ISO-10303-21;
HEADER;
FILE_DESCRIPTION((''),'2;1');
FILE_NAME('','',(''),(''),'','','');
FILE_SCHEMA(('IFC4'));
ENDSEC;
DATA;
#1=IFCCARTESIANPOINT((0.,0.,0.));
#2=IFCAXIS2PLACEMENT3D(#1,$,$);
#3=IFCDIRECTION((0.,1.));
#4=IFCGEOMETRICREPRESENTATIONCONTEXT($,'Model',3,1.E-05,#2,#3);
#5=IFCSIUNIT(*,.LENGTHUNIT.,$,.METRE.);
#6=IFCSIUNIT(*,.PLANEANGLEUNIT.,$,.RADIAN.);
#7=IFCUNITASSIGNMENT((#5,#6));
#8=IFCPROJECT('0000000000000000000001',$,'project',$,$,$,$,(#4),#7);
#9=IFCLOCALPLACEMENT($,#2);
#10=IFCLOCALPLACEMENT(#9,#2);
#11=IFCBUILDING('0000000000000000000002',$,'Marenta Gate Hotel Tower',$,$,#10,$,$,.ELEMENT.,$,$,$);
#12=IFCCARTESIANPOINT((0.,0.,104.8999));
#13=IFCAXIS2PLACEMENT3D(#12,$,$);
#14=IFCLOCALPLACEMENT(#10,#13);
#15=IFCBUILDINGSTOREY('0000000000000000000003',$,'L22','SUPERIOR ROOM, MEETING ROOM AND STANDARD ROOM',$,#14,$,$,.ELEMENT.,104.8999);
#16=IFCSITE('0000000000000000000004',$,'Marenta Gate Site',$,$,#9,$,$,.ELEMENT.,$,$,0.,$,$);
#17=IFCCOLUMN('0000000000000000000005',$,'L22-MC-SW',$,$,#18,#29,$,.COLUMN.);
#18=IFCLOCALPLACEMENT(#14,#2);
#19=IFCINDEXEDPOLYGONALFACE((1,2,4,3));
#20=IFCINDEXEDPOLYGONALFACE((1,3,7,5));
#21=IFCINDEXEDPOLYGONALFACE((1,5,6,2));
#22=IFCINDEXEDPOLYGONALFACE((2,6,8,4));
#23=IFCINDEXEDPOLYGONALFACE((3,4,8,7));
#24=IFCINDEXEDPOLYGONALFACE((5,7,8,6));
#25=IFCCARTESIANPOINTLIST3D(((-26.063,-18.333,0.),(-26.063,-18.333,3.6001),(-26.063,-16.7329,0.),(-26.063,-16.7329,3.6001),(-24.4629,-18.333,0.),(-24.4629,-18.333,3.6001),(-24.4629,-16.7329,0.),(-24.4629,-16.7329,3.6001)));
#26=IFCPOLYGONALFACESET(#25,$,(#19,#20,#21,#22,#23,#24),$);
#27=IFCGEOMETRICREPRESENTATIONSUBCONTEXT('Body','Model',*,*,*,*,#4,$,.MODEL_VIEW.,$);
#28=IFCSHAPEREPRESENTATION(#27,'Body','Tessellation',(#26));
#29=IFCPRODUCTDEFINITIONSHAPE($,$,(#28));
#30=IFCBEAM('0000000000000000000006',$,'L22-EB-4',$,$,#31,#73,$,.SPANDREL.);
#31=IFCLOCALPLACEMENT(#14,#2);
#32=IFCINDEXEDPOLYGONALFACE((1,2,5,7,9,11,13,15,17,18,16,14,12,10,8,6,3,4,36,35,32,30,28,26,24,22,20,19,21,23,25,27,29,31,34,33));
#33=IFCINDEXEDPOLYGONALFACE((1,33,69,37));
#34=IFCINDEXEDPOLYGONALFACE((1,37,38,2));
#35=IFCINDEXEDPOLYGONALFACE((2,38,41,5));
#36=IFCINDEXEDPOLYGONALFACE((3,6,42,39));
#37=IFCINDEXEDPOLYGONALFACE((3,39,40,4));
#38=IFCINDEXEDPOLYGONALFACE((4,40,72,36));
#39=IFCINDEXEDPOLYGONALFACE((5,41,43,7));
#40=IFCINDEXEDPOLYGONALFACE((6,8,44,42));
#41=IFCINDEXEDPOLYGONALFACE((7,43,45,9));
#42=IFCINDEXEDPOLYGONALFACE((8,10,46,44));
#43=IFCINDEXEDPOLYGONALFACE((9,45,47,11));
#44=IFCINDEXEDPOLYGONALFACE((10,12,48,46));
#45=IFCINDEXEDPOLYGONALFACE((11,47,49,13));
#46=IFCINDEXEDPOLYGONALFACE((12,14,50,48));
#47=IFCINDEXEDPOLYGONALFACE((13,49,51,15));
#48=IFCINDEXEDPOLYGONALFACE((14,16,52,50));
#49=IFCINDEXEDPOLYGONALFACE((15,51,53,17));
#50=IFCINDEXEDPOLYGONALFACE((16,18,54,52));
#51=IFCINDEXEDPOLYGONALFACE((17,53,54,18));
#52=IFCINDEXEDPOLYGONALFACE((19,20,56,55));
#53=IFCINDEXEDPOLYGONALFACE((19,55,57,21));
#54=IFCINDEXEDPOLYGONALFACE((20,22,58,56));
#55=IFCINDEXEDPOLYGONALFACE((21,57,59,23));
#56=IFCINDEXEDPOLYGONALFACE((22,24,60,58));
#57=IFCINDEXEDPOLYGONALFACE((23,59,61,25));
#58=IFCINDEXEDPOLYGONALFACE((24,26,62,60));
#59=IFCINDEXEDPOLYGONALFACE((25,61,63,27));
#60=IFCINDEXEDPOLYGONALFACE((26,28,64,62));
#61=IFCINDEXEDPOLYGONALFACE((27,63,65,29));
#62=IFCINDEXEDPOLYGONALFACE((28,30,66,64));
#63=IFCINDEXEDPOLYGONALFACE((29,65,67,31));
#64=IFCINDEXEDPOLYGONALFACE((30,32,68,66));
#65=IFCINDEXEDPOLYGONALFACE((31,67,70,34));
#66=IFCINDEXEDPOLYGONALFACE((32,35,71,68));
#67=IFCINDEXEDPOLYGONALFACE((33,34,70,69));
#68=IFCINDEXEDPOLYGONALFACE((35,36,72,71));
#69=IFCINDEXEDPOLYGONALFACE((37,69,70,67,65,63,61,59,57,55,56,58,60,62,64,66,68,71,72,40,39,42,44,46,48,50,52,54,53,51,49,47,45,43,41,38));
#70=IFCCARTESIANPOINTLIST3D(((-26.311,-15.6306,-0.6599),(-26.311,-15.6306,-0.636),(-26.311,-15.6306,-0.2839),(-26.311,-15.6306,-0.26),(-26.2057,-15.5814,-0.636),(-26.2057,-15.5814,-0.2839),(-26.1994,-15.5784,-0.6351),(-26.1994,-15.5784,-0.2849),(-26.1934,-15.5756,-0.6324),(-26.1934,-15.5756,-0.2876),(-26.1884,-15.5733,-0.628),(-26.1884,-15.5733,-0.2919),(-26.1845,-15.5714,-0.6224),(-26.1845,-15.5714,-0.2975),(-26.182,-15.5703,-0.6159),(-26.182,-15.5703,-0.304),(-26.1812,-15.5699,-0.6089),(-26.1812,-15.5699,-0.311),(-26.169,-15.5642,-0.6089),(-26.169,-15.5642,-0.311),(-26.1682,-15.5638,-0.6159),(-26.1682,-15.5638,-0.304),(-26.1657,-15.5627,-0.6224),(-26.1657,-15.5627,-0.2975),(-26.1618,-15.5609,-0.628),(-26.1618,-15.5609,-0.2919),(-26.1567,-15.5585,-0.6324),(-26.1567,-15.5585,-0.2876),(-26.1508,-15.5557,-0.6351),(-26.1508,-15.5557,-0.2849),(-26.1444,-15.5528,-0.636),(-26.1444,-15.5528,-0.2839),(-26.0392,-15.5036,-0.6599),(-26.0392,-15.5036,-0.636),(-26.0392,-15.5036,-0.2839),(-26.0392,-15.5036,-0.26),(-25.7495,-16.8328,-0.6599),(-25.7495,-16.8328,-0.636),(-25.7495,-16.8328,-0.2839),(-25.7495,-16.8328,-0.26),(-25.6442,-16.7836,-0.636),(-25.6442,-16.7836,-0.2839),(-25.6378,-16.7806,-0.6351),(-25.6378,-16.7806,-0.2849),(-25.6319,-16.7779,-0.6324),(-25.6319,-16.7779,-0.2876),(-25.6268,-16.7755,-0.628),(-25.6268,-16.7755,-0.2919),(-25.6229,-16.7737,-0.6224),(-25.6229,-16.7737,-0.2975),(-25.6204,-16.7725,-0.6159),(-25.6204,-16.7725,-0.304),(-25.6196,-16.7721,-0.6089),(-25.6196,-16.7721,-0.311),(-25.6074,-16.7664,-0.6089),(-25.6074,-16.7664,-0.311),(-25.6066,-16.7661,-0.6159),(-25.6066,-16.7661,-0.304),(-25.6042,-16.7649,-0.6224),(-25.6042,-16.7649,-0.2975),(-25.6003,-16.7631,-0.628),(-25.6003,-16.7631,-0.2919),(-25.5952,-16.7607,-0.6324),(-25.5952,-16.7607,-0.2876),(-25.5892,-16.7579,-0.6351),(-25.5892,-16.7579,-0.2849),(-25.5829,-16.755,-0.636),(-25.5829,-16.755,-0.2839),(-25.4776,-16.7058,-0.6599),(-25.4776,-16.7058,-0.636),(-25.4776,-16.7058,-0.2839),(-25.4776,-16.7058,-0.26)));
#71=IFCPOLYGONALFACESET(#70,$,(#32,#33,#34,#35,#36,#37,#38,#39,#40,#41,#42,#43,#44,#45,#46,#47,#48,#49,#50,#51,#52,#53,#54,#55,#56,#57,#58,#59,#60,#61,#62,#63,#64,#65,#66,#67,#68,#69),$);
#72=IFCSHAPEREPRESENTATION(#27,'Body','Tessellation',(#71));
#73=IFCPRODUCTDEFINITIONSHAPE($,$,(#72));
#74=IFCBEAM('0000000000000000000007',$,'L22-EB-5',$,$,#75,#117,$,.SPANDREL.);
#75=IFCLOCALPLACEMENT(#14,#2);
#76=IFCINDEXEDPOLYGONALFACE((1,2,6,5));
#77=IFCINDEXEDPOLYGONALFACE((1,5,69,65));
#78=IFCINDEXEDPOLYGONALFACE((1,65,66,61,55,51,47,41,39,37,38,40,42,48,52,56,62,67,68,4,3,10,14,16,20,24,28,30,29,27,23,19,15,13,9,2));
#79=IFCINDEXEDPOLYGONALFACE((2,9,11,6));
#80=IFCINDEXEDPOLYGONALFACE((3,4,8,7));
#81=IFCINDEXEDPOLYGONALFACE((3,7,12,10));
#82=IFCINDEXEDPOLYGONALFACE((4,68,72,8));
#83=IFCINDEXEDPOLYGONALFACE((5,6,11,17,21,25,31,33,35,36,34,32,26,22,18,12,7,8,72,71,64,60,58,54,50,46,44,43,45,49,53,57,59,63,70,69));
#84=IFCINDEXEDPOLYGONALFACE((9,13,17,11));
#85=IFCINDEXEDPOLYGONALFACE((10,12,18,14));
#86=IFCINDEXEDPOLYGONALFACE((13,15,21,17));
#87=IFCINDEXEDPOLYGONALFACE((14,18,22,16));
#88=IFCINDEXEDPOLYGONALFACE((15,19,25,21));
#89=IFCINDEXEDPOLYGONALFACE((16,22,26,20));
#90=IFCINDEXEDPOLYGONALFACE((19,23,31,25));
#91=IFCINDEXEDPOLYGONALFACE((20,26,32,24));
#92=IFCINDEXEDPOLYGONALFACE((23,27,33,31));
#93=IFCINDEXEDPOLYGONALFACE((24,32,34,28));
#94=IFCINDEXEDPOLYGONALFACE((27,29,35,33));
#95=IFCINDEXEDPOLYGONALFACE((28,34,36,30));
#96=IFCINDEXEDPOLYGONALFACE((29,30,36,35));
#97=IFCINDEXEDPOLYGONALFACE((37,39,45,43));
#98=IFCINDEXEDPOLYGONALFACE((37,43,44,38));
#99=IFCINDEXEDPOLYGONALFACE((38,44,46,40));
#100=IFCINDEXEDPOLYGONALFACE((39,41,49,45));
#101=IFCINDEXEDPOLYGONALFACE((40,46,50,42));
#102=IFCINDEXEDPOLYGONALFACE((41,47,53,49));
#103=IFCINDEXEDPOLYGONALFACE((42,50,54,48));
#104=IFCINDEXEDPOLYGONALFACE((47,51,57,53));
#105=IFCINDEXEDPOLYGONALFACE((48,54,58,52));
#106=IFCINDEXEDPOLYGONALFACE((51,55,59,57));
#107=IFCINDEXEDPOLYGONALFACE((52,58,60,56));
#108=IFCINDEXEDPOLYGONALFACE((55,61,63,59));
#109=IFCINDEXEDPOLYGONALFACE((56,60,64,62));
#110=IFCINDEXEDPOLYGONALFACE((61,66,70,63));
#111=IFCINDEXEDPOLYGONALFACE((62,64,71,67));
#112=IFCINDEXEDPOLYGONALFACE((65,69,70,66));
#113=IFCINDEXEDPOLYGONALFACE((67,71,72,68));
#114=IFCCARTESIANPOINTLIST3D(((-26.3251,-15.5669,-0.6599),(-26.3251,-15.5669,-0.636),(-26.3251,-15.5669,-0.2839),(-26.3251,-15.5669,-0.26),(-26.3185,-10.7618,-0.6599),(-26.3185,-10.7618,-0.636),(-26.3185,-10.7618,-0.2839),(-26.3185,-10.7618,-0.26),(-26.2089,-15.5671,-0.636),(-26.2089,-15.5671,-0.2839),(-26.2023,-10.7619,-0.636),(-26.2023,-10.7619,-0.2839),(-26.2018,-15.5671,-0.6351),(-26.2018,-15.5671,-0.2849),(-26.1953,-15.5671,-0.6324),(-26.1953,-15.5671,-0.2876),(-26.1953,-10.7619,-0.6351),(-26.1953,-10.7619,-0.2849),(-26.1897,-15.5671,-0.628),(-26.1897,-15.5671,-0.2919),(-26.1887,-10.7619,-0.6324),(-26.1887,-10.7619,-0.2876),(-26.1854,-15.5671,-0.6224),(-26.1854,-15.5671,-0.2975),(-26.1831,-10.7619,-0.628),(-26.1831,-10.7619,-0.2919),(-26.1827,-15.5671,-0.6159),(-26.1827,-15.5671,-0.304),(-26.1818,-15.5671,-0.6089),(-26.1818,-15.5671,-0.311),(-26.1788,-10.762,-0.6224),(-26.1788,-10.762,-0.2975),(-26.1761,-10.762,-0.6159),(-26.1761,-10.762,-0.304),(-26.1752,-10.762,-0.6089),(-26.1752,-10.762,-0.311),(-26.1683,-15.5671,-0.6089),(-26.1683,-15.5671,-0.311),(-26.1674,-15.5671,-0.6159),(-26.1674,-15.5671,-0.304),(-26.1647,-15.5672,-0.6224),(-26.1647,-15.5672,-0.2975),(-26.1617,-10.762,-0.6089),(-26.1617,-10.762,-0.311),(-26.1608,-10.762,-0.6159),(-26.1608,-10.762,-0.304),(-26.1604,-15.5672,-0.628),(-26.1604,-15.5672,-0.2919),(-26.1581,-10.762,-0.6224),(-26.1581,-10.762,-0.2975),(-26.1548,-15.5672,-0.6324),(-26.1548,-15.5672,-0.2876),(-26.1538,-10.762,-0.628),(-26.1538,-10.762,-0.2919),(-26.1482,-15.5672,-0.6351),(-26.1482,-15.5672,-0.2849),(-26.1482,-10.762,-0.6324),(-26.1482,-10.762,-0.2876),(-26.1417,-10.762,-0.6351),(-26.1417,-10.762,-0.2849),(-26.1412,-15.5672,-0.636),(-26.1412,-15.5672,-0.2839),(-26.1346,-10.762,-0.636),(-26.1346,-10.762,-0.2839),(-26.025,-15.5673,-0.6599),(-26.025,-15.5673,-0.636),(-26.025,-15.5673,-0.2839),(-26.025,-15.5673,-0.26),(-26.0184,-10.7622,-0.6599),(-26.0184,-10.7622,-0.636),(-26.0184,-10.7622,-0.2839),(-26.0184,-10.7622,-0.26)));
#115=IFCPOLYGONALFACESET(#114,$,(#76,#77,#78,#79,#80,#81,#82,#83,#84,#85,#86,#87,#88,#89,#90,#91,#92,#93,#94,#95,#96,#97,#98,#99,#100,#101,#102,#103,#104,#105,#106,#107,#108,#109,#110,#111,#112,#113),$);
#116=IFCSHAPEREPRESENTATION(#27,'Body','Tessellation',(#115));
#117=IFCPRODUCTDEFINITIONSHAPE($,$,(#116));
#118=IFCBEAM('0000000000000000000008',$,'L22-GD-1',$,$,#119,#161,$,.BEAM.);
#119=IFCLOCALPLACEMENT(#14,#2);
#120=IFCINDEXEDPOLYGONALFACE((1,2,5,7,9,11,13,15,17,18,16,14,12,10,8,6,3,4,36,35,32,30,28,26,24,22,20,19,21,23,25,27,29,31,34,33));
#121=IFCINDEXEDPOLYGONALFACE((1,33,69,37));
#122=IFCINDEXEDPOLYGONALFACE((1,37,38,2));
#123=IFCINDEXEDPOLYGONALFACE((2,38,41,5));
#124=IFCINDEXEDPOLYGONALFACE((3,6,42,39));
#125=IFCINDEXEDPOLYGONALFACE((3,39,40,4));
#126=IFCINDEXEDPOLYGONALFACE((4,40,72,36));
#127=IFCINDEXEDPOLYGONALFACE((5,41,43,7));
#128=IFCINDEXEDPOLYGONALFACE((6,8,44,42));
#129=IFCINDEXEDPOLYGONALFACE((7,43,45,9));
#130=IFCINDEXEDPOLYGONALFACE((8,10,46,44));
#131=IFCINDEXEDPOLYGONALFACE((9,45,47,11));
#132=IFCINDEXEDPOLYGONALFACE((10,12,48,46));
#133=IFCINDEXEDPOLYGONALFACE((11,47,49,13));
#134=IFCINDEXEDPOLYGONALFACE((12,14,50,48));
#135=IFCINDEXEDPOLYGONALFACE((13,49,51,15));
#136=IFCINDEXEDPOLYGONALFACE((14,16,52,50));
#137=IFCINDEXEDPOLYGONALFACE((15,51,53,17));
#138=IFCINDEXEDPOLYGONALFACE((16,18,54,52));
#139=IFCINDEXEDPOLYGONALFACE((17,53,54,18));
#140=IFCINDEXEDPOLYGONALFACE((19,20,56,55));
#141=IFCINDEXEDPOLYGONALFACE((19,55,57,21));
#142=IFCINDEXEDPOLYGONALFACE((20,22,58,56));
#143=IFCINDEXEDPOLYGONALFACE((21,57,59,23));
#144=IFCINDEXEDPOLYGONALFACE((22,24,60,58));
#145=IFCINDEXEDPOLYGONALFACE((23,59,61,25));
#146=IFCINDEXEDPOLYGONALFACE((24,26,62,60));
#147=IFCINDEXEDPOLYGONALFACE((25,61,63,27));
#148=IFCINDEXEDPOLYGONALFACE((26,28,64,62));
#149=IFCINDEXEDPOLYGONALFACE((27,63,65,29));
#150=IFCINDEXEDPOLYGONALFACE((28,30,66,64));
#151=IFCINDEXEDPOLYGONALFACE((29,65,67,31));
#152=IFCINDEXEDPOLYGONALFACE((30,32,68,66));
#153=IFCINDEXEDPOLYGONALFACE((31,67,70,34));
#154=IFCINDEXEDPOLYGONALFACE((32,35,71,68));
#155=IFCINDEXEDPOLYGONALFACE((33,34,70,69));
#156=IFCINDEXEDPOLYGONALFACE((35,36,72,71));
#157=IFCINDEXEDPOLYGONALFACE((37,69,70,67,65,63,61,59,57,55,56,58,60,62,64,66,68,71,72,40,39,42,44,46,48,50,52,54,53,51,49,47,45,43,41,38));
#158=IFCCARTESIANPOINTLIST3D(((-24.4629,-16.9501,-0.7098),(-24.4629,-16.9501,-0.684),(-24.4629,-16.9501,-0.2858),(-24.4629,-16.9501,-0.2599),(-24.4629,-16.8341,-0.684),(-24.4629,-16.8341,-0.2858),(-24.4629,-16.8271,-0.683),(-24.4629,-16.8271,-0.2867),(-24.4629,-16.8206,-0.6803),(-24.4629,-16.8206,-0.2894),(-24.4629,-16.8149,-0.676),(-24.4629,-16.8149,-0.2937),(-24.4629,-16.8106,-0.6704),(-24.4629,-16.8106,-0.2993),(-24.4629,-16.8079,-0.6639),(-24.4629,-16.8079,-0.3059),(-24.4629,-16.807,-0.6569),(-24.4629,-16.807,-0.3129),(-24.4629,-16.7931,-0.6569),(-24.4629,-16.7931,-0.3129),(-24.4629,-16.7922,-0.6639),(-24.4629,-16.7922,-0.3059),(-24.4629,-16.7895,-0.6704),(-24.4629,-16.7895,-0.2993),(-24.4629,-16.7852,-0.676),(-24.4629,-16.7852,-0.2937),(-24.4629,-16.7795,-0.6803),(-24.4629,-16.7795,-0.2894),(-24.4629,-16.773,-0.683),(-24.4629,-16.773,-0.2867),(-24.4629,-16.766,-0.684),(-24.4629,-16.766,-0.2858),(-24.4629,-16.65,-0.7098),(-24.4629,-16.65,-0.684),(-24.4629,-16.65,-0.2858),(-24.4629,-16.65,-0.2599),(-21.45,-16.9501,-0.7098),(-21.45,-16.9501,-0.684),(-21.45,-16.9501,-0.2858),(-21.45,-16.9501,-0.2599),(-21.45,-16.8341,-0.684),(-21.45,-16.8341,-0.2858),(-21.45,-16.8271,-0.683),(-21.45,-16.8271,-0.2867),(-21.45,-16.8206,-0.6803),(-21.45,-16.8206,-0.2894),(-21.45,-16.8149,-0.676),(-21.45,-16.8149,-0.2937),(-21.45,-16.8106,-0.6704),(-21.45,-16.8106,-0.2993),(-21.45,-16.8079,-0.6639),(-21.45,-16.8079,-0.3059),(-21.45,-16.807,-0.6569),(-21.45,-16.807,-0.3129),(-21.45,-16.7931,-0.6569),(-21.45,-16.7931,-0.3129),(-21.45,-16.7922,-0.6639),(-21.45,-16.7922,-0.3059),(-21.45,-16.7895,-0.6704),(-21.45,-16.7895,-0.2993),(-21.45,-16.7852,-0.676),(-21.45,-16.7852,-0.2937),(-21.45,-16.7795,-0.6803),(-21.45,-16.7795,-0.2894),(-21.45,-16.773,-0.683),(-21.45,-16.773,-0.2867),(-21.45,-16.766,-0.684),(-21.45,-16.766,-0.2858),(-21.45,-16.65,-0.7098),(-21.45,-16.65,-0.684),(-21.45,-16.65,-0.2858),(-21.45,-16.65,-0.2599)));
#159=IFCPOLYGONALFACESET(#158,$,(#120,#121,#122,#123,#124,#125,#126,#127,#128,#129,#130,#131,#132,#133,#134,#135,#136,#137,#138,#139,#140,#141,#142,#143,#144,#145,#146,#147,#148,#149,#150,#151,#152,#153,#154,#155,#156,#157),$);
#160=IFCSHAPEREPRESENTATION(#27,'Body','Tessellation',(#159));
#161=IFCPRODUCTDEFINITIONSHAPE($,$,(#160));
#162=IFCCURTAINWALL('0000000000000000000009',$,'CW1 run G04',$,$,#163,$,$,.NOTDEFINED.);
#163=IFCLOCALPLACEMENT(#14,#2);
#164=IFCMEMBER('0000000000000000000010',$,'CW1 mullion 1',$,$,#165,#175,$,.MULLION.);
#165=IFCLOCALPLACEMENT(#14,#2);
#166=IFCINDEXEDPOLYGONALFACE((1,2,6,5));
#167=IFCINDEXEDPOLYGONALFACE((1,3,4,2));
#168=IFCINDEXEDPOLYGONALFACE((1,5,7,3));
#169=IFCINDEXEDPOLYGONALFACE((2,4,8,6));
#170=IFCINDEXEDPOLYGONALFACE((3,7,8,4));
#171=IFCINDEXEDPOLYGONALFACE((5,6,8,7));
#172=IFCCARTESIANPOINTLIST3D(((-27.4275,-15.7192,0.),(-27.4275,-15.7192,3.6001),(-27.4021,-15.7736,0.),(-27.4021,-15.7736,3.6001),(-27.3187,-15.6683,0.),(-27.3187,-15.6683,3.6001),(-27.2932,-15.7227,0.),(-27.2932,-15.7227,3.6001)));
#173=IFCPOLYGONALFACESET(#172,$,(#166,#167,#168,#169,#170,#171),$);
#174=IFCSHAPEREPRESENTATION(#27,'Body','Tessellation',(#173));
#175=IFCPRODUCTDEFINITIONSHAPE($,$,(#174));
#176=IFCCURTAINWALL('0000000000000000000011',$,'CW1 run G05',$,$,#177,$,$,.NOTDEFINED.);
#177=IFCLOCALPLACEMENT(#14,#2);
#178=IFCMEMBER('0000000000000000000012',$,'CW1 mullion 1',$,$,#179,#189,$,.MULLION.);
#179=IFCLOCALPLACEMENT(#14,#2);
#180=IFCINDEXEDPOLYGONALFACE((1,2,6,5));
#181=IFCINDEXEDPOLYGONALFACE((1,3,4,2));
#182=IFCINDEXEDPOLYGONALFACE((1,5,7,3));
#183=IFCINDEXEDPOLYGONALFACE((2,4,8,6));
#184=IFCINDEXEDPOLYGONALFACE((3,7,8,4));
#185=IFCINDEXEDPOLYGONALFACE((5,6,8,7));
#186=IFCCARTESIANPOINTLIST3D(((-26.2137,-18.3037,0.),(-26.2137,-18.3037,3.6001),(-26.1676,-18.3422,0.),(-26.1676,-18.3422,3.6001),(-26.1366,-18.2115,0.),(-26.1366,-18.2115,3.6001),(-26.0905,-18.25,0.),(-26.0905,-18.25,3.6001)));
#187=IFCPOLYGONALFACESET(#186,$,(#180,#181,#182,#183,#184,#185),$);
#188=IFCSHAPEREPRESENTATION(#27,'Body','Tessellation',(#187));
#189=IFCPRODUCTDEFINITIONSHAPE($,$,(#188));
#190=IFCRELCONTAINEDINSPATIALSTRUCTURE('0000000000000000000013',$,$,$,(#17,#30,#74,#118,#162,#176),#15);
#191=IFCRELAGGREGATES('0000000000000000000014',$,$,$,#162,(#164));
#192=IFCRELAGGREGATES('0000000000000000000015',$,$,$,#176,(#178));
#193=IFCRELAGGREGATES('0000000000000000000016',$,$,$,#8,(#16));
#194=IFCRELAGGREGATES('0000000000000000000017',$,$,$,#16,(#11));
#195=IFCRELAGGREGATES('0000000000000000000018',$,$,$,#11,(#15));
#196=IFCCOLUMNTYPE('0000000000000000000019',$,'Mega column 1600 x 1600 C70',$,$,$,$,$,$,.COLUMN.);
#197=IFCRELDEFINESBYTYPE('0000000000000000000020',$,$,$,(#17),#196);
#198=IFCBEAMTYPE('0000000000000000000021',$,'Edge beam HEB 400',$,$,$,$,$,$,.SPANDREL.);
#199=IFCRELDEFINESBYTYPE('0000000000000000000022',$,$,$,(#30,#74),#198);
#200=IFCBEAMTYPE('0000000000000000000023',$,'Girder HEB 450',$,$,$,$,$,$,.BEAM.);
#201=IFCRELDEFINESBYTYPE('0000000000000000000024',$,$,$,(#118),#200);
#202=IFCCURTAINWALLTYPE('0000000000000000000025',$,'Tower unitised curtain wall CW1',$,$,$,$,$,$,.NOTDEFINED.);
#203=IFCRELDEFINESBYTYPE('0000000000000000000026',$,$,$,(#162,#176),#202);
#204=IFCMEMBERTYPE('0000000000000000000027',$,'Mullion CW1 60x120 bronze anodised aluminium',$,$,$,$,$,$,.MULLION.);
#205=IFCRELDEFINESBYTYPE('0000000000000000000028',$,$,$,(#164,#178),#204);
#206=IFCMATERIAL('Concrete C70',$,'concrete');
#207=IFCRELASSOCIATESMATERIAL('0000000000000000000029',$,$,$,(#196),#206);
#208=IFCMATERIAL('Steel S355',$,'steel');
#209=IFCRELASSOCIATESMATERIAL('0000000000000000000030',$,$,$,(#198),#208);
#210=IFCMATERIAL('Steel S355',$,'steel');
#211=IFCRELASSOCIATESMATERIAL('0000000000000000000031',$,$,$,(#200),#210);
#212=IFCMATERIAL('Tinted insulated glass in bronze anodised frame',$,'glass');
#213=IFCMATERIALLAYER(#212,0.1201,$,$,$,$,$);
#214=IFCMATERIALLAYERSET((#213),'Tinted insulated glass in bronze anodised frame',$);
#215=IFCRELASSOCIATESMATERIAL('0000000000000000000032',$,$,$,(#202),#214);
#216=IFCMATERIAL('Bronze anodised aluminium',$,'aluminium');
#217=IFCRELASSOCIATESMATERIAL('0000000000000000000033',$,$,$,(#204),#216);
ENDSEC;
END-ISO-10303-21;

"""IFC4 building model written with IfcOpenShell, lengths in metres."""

from ifc_helpers import new_model, si_unit, direction, frame, origin, origin_2d, place, context, subcontext, project, spatial, rectangle, i_section, extrude, material, layer, layer_set, material_profile, profile_set, type_object, element, aggregate, save


model = new_model("IFC4")

# Units and contexts
model_context = context("Model", 3, precision=1e-05, world=origin(), true_north=direction((0.0, 1.0)))
body_context = subcontext(model_context, "Body", "Model", "MODEL_VIEW")
ifc_project = project(units=[si_unit("LENGTHUNIT", "METRE"), si_unit("PLANEANGLEUNIT", "RADIAN")], contexts=[model_context])

# Site, building, storey
site_placement = place(None, origin())
site = spatial("IfcSite", under=ifc_project, at=site_placement, Name="Marenta Gate Site", CompositionType="ELEMENT", RefElevation=0.0)
building_placement = place(site_placement, origin())
building = spatial("IfcBuilding", under=site, at=building_placement, Name="Marenta Gate Hotel Tower", CompositionType="ELEMENT")
storey_placement = place(building_placement, frame((0.0, 0.0, 104.8999)))
storey = spatial("IfcBuildingStorey", under=building, at=storey_placement, Name="L22", Description="SUPERIOR ROOM, MEETING ROOM AND STANDARD ROOM", CompositionType="ELEMENT", Elevation=104.8999)

# Column
ifc_material_1 = material(Name="Concrete C70", Category="concrete")
ifc_material_profile_1 = material_profile(ifc_material_1, rectangle(XDim=1.6001, YDim=1.6001, at=origin_2d()), Name="1600 x 1600")
ifc_profile_set_1 = profile_set([ifc_material_profile_1], Name="Concrete C70")
column_type = type_object("IfcColumnType", Name="Mega column 1600 x 1600 C70", PredefinedType="COLUMN", material=ifc_profile_set_1)
column_placement = place(storey_placement, frame((-25.2629, -17.533, 0.0), z_axis=(0.0, 0.0, 1.0), x_axis=(1.0, 0.0, 0.0)))
element("IfcColumn", 1, at=column_placement, inside=storey, type_object=column_type, Name="L22-MC-SW", PredefinedType="COLUMN", context=body_context, shape_type="SweptSolid", body=[
    extrude(rectangle(XDim=1.6001, YDim=1.6001, at=origin_2d()), origin(), (0.0, 0.0, 1.0), 3.6001),
])

# Beams
ifc_material_2 = material(Name="Steel S355", Category="steel")
ifc_material_profile_2 = material_profile(ifc_material_2, i_section(OverallWidth=0.3, OverallDepth=0.3999, WebThickness=0.0134, FlangeThickness=0.0239, FilletRadius=0.0271, at=origin_2d()), Name="HEB 400")
ifc_profile_set_2 = profile_set([ifc_material_profile_2], Name="Steel S355")
beam_type_1 = type_object("IfcBeamType", Name="Edge beam HEB 400", PredefinedType="SPANDREL", material=ifc_profile_set_2)
beam_1_placement = place(storey_placement, frame((-25.6135, -16.7693, -0.46), z_axis=(-0.423208, 0.906033, 0.0), x_axis=(-0.906033, -0.423208, 0.0)))
element("IfcBeam", 2, at=beam_1_placement, inside=storey, type_object=beam_type_1, Name="L22-EB-4", PredefinedType="SPANDREL", context=body_context, shape_type="SweptSolid", body=[
    extrude(i_section(OverallWidth=0.3, OverallDepth=0.3999, WebThickness=0.0134, FlangeThickness=0.0239, FilletRadius=0.0271, at=origin_2d()), origin(), (0.0, 0.0, 1.0), 1.3269),
])
beam_2_placement = place(storey_placement, frame((-26.175, -15.5671, -0.46), z_axis=(0.001372, 0.999999, 0.0), x_axis=(-0.999999, 0.001372, 0.0)))
element("IfcBeam", 3, at=beam_2_placement, inside=storey, type_object=beam_type_1, Name="L22-EB-5", PredefinedType="SPANDREL", context=body_context, shape_type="SweptSolid", body=[
    extrude(i_section(OverallWidth=0.3, OverallDepth=0.3999, WebThickness=0.0134, FlangeThickness=0.0239, FilletRadius=0.0271, at=origin_2d()), origin(), (0.0, 0.0, 1.0), 4.8052),
])
ifc_material_3 = material(Name="Steel S355", Category="steel")
ifc_material_profile_3 = material_profile(ifc_material_3, i_section(OverallWidth=0.3, OverallDepth=0.45, WebThickness=0.0139, FlangeThickness=0.0259, FilletRadius=0.0271, at=origin_2d()), Name="HEB 450")
ifc_profile_set_3 = profile_set([ifc_material_profile_3], Name="Steel S355")
beam_type_2 = type_object("IfcBeamType", Name="Girder HEB 450", PredefinedType="BEAM", material=ifc_profile_set_3)
beam_3_placement = place(storey_placement, frame((-24.4629, -16.8, -0.4849), z_axis=(1.0, 0.0, 0.0), x_axis=(0.0, 1.0, 0.0)))
element("IfcBeam", 4, at=beam_3_placement, inside=storey, type_object=beam_type_2, Name="L22-GD-1", PredefinedType="BEAM", context=body_context, shape_type="SweptSolid", body=[
    extrude(i_section(OverallWidth=0.3, OverallDepth=0.45, WebThickness=0.0139, FlangeThickness=0.0259, FilletRadius=0.0271, at=origin_2d()), origin(), (0.0, 0.0, 1.0), 3.0129),
])

# Curtain walls, members
ifc_material_4 = material(Name="Tinted insulated glass in bronze anodised frame", Category="glass")
ifc_layer_1 = layer(ifc_material_4, 0.1201)
ifc_layer_set_1 = layer_set([ifc_layer_1], Name="Tinted insulated glass in bronze anodised frame")
curtain_wall_type = type_object("IfcCurtainWallType", Name="Tower unitised curtain wall CW1", PredefinedType="NOTDEFINED", material=ifc_layer_set_1)
curtain_wall_1_placement = place(storey_placement, origin())
curtain_wall_1 = element("IfcCurtainWall", 5, at=curtain_wall_1_placement, inside=storey, type_object=curtain_wall_type, Name="CW1 run G04", PredefinedType="NOTDEFINED")
ifc_material_5 = material(Name="Bronze anodised aluminium", Category="aluminium")
ifc_material_profile_4 = material_profile(ifc_material_5, rectangle(XDim=0.1201, YDim=0.0601, at=origin_2d()), Name="Mullion CW1 60x120 bronze anodised aluminium")
ifc_profile_set_4 = profile_set([ifc_material_profile_4], Name="Bronze anodised aluminium")
member_type_1 = type_object("IfcMemberType", Name="Mullion CW1 60x120 bronze anodised aluminium", PredefinedType="MULLION", material=ifc_profile_set_4)
member_1_placement = place(storey_placement, frame((-27.3604, -15.7209, 0.0), z_axis=(0.0, 0.0, 1.0), x_axis=(0.905972, 0.423338, 0.0)))
member_1 = element("IfcMember", 6, at=member_1_placement, type_object=member_type_1, Name="CW1 mullion 1", PredefinedType="MULLION", context=body_context, shape_type="SweptSolid", body=[
    extrude(rectangle(XDim=0.1201, YDim=0.0601, at=origin_2d()), origin(), (0.0, 0.0, 1.0), 3.6001),
])
curtain_wall_2_placement = place(storey_placement, origin())
curtain_wall_2 = element("IfcCurtainWall", 7, at=curtain_wall_2_placement, inside=storey, type_object=curtain_wall_type, Name="CW1 run G05", PredefinedType="NOTDEFINED")
member_2_placement = place(storey_placement, frame((-26.1521, -18.2769, 0.0), z_axis=(0.0, 0.0, 1.0), x_axis=(0.641512, 0.767113, 0.0)))
member_2 = element("IfcMember", 8, at=member_2_placement, type_object=member_type_1, Name="CW1 mullion 1", PredefinedType="MULLION", context=body_context, shape_type="SweptSolid", body=[
    extrude(rectangle(XDim=0.1201, YDim=0.0601, at=origin_2d()), origin(), (0.0, 0.0, 1.0), 3.6001),
])

aggregate(curtain_wall_1, [member_1])
aggregate(curtain_wall_2, [member_2])

save(model, "model.ifc")
